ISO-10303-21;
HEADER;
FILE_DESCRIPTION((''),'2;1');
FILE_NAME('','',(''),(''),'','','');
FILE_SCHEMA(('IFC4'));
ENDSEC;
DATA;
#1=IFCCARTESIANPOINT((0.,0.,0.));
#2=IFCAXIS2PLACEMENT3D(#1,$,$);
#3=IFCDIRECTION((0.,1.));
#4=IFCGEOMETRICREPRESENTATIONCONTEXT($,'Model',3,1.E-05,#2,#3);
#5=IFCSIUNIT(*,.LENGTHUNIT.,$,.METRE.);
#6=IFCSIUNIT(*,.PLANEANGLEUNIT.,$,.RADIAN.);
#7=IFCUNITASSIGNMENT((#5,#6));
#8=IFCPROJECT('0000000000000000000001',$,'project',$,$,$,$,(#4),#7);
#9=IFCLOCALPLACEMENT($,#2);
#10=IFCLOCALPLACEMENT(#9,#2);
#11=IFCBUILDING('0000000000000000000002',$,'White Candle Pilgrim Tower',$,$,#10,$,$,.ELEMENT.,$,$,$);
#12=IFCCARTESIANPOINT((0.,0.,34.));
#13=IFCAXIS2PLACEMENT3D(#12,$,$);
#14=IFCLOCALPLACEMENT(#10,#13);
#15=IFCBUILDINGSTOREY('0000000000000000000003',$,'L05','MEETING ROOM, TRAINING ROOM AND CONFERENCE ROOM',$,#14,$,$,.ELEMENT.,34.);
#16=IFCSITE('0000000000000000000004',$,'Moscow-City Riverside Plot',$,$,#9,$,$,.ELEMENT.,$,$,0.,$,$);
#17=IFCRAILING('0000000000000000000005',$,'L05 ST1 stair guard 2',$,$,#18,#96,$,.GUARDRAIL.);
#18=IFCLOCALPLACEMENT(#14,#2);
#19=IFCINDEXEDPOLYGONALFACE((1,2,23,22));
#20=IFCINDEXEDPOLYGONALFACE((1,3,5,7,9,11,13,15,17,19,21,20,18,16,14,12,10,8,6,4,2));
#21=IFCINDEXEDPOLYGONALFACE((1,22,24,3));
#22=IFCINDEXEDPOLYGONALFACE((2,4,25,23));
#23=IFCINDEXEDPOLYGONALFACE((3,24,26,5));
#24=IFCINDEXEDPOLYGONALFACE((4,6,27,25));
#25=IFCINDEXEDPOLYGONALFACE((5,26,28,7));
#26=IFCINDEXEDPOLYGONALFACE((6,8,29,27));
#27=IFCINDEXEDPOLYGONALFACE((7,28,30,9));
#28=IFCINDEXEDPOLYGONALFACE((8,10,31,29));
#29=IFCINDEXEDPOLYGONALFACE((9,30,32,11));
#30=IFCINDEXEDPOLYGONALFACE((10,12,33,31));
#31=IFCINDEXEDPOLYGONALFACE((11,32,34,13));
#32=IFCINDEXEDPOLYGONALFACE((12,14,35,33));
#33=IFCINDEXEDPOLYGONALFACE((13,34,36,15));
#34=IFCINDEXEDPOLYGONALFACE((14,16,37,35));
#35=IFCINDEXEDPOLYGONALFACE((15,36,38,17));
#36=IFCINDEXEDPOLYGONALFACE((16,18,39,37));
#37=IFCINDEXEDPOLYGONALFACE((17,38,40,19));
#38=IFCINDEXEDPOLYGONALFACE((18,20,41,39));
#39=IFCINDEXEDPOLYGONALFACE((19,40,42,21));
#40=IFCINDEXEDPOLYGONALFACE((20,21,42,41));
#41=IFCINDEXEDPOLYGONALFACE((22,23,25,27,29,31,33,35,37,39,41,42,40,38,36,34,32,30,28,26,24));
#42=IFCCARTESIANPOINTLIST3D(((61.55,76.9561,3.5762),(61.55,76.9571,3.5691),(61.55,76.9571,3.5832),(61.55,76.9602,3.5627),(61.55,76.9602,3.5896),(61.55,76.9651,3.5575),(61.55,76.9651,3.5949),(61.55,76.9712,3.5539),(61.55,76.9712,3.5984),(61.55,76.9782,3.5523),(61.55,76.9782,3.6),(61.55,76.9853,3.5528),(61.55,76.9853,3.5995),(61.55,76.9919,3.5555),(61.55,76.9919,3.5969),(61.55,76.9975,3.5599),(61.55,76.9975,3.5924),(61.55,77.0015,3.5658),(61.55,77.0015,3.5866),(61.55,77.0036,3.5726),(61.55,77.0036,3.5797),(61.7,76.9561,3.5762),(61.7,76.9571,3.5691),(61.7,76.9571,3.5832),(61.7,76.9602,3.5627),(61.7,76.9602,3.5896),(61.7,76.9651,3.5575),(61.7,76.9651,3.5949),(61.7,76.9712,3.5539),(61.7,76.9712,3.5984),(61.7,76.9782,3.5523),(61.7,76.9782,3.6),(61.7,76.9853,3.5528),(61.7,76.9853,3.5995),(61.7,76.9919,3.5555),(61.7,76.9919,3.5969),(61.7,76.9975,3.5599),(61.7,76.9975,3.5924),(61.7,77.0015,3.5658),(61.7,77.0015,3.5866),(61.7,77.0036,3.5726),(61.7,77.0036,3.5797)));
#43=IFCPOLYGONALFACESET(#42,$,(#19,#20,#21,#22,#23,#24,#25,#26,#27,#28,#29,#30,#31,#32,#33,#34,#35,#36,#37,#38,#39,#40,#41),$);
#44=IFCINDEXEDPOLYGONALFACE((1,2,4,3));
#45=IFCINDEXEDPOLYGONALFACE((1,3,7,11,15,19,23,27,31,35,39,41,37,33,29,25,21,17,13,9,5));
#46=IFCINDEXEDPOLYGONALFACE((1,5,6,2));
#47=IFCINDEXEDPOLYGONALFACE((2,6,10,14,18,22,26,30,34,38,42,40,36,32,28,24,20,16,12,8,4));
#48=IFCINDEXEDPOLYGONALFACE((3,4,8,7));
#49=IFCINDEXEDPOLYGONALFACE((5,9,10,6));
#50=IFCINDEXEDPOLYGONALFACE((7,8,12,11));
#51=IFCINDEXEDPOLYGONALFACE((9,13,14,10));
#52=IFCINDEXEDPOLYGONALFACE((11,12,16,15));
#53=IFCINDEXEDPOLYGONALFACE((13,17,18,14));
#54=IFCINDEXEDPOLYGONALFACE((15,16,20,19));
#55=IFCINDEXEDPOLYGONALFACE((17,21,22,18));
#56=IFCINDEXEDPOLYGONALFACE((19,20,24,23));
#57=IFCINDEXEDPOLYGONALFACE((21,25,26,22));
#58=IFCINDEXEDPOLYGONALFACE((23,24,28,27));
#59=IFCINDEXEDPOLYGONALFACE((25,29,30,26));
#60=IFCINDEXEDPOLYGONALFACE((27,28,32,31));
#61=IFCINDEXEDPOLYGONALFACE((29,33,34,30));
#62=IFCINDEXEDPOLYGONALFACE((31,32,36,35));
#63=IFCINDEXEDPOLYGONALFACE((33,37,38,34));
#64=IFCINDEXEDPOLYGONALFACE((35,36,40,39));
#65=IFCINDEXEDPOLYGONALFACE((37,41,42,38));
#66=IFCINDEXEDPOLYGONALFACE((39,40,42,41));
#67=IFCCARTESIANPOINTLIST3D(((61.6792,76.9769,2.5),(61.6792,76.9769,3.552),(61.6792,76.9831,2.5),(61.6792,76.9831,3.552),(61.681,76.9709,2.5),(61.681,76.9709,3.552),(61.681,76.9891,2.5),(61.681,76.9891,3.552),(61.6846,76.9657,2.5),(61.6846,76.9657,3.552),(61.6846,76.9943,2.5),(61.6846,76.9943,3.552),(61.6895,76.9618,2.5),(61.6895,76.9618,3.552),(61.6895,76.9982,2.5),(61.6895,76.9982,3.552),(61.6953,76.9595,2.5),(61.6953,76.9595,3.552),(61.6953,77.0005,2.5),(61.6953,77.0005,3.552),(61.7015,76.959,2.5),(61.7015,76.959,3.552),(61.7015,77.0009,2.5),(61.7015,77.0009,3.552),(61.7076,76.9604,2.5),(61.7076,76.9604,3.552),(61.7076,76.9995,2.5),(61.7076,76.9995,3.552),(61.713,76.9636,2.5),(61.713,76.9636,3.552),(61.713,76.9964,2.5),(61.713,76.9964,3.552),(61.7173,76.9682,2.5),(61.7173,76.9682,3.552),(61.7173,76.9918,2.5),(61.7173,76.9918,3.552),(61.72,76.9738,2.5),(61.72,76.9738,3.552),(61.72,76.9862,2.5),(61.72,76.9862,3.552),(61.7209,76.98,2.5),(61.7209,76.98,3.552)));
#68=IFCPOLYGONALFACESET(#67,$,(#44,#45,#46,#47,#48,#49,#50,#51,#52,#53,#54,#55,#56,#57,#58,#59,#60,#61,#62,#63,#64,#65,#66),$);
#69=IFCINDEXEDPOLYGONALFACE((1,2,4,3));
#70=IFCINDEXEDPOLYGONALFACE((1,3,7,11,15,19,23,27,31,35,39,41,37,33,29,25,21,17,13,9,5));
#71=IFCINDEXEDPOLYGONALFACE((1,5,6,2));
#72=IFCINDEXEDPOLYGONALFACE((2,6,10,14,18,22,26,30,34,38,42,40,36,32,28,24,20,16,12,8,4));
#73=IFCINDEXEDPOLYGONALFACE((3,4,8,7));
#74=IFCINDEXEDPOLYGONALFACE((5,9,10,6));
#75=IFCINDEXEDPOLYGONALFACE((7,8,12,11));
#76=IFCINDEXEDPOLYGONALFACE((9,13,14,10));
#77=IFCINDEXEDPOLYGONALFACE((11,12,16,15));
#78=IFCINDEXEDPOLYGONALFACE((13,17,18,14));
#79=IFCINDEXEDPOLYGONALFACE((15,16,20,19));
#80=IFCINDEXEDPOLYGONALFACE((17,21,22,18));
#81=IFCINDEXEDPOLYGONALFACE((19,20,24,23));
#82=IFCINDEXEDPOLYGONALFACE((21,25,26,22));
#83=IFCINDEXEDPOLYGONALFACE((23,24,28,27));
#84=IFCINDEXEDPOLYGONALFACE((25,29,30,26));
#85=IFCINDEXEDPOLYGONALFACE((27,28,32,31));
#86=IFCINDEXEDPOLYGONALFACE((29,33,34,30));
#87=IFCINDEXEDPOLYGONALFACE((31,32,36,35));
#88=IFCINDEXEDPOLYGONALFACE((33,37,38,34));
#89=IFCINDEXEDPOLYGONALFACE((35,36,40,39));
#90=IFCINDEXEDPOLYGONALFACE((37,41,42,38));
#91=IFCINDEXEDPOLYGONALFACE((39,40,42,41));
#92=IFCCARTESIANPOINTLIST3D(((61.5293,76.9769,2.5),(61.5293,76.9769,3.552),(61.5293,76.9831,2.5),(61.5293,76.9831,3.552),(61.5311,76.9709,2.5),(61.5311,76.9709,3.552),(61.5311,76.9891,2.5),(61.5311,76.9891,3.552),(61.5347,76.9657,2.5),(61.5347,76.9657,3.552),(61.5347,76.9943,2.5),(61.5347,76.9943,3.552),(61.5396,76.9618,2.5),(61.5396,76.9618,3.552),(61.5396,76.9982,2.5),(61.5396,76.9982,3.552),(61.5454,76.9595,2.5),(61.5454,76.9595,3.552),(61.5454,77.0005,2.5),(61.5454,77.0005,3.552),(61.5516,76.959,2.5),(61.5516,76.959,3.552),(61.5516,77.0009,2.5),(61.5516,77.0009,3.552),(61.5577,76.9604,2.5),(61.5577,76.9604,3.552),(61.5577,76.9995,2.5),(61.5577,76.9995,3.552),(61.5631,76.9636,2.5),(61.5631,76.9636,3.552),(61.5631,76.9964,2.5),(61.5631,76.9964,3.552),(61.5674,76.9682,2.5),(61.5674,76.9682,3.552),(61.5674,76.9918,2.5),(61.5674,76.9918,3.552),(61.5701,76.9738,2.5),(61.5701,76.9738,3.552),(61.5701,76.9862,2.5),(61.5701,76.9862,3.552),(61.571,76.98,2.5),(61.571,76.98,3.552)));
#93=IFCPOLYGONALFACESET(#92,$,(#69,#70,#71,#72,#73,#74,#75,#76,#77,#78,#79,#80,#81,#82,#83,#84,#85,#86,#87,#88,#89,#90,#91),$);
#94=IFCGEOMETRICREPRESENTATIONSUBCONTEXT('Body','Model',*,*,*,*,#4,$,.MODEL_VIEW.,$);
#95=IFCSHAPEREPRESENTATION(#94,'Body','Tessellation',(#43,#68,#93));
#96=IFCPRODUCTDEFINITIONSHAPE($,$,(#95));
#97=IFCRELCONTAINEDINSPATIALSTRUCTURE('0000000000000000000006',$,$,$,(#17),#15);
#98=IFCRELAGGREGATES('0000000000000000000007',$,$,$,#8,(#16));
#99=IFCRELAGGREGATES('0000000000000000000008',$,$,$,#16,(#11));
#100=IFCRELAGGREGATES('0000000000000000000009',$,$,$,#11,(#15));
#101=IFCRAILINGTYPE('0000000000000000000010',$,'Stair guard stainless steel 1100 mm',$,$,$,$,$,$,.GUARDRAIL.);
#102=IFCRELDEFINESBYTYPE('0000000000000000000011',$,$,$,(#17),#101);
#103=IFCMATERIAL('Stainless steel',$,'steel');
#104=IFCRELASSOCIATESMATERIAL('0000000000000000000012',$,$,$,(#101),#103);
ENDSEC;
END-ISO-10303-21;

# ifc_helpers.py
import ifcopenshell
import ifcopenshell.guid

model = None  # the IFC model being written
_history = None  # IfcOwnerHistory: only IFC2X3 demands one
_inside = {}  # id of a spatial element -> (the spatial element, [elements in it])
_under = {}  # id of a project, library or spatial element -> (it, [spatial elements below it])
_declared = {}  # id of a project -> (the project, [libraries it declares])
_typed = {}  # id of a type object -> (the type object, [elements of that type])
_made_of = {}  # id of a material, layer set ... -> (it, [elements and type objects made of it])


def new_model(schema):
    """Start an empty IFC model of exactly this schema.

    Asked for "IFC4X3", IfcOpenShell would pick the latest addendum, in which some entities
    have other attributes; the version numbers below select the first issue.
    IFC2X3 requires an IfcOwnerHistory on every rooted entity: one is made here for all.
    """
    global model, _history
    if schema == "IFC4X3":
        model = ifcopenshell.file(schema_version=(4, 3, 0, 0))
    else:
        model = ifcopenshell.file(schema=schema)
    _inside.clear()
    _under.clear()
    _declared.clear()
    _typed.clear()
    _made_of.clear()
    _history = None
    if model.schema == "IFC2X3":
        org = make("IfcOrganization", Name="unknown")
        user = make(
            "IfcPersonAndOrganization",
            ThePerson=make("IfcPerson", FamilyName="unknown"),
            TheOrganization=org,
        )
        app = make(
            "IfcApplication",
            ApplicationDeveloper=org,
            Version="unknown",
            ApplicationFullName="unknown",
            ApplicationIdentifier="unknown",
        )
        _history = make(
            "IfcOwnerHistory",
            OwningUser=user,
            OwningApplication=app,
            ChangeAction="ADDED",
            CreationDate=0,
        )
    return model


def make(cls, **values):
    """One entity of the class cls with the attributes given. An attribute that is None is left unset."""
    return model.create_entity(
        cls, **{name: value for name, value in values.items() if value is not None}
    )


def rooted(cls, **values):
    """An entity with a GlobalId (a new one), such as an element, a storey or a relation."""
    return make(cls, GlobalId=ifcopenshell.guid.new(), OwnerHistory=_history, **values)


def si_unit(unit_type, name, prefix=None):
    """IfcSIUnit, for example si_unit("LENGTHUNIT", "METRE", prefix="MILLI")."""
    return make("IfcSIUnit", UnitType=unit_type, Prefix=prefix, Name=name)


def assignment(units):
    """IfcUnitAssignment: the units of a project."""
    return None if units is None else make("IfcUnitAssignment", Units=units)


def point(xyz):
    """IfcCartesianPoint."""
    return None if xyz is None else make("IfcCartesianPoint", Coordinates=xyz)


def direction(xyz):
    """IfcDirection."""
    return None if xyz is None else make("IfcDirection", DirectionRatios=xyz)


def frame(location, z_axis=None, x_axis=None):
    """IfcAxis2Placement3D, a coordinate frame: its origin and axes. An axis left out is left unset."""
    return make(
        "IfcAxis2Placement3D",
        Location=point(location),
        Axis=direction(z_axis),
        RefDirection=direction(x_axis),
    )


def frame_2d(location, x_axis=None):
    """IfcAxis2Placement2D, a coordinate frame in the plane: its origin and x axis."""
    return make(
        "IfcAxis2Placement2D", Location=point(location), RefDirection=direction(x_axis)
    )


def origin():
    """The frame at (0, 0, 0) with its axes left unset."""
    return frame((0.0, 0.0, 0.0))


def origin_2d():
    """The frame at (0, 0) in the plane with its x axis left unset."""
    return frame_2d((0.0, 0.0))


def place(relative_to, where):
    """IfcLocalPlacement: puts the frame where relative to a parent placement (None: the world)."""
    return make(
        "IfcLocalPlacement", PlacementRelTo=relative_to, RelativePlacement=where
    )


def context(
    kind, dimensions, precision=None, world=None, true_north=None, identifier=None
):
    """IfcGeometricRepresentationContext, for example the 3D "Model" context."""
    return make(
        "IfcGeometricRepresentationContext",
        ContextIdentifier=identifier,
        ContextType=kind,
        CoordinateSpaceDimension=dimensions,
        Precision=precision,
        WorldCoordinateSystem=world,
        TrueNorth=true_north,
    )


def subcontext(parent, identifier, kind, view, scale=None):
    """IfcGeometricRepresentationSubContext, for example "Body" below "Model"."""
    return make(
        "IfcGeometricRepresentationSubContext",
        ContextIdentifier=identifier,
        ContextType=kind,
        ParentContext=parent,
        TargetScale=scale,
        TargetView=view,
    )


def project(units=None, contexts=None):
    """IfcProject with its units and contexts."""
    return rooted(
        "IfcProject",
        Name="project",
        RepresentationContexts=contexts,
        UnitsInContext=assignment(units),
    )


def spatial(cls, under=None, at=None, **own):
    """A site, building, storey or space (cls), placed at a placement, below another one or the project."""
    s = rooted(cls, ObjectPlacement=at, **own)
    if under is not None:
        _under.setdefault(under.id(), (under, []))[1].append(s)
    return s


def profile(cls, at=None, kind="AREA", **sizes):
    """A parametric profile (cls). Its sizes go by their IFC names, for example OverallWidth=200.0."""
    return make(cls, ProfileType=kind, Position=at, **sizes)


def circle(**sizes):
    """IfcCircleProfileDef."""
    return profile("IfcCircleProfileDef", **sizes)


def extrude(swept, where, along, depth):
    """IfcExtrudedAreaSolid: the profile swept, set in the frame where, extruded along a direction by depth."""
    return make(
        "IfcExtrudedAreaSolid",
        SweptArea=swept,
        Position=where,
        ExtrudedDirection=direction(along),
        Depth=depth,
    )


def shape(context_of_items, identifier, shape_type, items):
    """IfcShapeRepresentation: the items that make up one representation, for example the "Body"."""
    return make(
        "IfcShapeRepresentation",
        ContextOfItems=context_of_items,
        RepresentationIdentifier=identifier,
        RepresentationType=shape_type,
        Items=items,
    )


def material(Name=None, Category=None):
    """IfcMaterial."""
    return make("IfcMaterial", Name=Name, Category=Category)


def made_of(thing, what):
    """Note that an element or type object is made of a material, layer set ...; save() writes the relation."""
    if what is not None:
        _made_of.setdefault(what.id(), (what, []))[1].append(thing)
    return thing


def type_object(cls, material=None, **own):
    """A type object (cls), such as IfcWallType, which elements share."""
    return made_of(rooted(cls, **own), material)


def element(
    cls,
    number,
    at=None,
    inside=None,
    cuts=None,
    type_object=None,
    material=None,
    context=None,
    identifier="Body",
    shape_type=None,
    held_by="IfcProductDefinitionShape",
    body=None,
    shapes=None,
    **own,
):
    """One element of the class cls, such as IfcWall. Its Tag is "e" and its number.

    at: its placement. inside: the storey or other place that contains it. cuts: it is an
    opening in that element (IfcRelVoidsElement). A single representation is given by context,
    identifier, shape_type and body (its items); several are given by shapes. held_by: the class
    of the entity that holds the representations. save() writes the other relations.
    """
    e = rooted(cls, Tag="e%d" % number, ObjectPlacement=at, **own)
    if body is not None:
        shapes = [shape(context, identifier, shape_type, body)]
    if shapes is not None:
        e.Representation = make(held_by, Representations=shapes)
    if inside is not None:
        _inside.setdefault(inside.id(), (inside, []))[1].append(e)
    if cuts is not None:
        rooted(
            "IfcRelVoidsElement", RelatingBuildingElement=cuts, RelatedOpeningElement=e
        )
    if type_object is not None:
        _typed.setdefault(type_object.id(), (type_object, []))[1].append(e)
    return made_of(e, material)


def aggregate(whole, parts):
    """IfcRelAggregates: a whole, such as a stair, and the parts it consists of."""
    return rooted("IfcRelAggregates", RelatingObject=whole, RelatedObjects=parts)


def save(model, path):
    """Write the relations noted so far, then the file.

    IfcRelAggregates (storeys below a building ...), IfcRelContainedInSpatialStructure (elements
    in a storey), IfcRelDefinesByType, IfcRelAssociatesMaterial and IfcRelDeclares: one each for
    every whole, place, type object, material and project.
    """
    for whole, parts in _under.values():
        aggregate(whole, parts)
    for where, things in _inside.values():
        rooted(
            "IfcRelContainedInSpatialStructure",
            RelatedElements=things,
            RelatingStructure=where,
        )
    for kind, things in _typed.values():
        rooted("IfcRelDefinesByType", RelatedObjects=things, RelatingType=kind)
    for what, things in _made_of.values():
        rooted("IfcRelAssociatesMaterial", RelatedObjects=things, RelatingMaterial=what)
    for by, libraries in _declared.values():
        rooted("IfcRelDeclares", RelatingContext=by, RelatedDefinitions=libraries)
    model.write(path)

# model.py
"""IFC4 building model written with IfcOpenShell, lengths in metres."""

from ifc_helpers import new_model, si_unit, direction, frame, origin, origin_2d, place, context, subcontext, project, spatial, circle, extrude, material, type_object, element, save


model = new_model("IFC4")

# Units and contexts
model_context = context("Model", 3, precision=1e-05, world=origin(), true_north=direction((0.0, 1.0)))
body_context = subcontext(model_context, "Body", "Model", "MODEL_VIEW")
ifc_project = project(units=[si_unit("LENGTHUNIT", "METRE"), si_unit("PLANEANGLEUNIT", "RADIAN")], contexts=[model_context])

# Site, building, storey
site_placement = place(None, origin())
site = spatial("IfcSite", under=ifc_project, at=site_placement, Name="Moscow-City Riverside Plot", CompositionType="ELEMENT", RefElevation=0.0)
building_placement = place(site_placement, origin())
building = spatial("IfcBuilding", under=site, at=building_placement, Name="White Candle Pilgrim Tower", CompositionType="ELEMENT")
storey_placement = place(building_placement, frame((0.0, 0.0, 34.0)))
storey = spatial("IfcBuildingStorey", under=building, at=storey_placement, Name="L05", Description="MEETING ROOM, TRAINING ROOM AND CONFERENCE ROOM", CompositionType="ELEMENT", Elevation=34.0)

# Railing
ifc_material_1 = material(Name="Stainless steel", Category="steel")
railing_type_1 = type_object("IfcRailingType", Name="Stair guard stainless steel 1100 mm", PredefinedType="GUARDRAIL", material=ifc_material_1)
railing_1_placement = place(storey_placement, frame((61.7, 76.98, 2.5)))
element("IfcRailing", 1, at=railing_1_placement, inside=storey, type_object=railing_type_1, Name="L05 ST1 stair guard 2", PredefinedType="GUARDRAIL", context=body_context, shape_type="SweptSolid", body=[
    extrude(circle(Radius=0.0239, at=origin_2d()), frame((0.0, 0.0, 1.0762), z_axis=(-1.0, 0.0, 0.0), x_axis=(0.0, -1.0, 0.0)), (0.0, 0.0, 1.0), 0.1499),
    extrude(circle(Radius=0.021, at=origin_2d()), origin(), (0.0, 0.0, 1.0), 1.052),
    extrude(circle(Radius=0.021, at=origin_2d()), frame((-0.1499, 0.0, 0.0)), (0.0, 0.0, 1.0), 1.052),
])

save(model, "model.ifc")
